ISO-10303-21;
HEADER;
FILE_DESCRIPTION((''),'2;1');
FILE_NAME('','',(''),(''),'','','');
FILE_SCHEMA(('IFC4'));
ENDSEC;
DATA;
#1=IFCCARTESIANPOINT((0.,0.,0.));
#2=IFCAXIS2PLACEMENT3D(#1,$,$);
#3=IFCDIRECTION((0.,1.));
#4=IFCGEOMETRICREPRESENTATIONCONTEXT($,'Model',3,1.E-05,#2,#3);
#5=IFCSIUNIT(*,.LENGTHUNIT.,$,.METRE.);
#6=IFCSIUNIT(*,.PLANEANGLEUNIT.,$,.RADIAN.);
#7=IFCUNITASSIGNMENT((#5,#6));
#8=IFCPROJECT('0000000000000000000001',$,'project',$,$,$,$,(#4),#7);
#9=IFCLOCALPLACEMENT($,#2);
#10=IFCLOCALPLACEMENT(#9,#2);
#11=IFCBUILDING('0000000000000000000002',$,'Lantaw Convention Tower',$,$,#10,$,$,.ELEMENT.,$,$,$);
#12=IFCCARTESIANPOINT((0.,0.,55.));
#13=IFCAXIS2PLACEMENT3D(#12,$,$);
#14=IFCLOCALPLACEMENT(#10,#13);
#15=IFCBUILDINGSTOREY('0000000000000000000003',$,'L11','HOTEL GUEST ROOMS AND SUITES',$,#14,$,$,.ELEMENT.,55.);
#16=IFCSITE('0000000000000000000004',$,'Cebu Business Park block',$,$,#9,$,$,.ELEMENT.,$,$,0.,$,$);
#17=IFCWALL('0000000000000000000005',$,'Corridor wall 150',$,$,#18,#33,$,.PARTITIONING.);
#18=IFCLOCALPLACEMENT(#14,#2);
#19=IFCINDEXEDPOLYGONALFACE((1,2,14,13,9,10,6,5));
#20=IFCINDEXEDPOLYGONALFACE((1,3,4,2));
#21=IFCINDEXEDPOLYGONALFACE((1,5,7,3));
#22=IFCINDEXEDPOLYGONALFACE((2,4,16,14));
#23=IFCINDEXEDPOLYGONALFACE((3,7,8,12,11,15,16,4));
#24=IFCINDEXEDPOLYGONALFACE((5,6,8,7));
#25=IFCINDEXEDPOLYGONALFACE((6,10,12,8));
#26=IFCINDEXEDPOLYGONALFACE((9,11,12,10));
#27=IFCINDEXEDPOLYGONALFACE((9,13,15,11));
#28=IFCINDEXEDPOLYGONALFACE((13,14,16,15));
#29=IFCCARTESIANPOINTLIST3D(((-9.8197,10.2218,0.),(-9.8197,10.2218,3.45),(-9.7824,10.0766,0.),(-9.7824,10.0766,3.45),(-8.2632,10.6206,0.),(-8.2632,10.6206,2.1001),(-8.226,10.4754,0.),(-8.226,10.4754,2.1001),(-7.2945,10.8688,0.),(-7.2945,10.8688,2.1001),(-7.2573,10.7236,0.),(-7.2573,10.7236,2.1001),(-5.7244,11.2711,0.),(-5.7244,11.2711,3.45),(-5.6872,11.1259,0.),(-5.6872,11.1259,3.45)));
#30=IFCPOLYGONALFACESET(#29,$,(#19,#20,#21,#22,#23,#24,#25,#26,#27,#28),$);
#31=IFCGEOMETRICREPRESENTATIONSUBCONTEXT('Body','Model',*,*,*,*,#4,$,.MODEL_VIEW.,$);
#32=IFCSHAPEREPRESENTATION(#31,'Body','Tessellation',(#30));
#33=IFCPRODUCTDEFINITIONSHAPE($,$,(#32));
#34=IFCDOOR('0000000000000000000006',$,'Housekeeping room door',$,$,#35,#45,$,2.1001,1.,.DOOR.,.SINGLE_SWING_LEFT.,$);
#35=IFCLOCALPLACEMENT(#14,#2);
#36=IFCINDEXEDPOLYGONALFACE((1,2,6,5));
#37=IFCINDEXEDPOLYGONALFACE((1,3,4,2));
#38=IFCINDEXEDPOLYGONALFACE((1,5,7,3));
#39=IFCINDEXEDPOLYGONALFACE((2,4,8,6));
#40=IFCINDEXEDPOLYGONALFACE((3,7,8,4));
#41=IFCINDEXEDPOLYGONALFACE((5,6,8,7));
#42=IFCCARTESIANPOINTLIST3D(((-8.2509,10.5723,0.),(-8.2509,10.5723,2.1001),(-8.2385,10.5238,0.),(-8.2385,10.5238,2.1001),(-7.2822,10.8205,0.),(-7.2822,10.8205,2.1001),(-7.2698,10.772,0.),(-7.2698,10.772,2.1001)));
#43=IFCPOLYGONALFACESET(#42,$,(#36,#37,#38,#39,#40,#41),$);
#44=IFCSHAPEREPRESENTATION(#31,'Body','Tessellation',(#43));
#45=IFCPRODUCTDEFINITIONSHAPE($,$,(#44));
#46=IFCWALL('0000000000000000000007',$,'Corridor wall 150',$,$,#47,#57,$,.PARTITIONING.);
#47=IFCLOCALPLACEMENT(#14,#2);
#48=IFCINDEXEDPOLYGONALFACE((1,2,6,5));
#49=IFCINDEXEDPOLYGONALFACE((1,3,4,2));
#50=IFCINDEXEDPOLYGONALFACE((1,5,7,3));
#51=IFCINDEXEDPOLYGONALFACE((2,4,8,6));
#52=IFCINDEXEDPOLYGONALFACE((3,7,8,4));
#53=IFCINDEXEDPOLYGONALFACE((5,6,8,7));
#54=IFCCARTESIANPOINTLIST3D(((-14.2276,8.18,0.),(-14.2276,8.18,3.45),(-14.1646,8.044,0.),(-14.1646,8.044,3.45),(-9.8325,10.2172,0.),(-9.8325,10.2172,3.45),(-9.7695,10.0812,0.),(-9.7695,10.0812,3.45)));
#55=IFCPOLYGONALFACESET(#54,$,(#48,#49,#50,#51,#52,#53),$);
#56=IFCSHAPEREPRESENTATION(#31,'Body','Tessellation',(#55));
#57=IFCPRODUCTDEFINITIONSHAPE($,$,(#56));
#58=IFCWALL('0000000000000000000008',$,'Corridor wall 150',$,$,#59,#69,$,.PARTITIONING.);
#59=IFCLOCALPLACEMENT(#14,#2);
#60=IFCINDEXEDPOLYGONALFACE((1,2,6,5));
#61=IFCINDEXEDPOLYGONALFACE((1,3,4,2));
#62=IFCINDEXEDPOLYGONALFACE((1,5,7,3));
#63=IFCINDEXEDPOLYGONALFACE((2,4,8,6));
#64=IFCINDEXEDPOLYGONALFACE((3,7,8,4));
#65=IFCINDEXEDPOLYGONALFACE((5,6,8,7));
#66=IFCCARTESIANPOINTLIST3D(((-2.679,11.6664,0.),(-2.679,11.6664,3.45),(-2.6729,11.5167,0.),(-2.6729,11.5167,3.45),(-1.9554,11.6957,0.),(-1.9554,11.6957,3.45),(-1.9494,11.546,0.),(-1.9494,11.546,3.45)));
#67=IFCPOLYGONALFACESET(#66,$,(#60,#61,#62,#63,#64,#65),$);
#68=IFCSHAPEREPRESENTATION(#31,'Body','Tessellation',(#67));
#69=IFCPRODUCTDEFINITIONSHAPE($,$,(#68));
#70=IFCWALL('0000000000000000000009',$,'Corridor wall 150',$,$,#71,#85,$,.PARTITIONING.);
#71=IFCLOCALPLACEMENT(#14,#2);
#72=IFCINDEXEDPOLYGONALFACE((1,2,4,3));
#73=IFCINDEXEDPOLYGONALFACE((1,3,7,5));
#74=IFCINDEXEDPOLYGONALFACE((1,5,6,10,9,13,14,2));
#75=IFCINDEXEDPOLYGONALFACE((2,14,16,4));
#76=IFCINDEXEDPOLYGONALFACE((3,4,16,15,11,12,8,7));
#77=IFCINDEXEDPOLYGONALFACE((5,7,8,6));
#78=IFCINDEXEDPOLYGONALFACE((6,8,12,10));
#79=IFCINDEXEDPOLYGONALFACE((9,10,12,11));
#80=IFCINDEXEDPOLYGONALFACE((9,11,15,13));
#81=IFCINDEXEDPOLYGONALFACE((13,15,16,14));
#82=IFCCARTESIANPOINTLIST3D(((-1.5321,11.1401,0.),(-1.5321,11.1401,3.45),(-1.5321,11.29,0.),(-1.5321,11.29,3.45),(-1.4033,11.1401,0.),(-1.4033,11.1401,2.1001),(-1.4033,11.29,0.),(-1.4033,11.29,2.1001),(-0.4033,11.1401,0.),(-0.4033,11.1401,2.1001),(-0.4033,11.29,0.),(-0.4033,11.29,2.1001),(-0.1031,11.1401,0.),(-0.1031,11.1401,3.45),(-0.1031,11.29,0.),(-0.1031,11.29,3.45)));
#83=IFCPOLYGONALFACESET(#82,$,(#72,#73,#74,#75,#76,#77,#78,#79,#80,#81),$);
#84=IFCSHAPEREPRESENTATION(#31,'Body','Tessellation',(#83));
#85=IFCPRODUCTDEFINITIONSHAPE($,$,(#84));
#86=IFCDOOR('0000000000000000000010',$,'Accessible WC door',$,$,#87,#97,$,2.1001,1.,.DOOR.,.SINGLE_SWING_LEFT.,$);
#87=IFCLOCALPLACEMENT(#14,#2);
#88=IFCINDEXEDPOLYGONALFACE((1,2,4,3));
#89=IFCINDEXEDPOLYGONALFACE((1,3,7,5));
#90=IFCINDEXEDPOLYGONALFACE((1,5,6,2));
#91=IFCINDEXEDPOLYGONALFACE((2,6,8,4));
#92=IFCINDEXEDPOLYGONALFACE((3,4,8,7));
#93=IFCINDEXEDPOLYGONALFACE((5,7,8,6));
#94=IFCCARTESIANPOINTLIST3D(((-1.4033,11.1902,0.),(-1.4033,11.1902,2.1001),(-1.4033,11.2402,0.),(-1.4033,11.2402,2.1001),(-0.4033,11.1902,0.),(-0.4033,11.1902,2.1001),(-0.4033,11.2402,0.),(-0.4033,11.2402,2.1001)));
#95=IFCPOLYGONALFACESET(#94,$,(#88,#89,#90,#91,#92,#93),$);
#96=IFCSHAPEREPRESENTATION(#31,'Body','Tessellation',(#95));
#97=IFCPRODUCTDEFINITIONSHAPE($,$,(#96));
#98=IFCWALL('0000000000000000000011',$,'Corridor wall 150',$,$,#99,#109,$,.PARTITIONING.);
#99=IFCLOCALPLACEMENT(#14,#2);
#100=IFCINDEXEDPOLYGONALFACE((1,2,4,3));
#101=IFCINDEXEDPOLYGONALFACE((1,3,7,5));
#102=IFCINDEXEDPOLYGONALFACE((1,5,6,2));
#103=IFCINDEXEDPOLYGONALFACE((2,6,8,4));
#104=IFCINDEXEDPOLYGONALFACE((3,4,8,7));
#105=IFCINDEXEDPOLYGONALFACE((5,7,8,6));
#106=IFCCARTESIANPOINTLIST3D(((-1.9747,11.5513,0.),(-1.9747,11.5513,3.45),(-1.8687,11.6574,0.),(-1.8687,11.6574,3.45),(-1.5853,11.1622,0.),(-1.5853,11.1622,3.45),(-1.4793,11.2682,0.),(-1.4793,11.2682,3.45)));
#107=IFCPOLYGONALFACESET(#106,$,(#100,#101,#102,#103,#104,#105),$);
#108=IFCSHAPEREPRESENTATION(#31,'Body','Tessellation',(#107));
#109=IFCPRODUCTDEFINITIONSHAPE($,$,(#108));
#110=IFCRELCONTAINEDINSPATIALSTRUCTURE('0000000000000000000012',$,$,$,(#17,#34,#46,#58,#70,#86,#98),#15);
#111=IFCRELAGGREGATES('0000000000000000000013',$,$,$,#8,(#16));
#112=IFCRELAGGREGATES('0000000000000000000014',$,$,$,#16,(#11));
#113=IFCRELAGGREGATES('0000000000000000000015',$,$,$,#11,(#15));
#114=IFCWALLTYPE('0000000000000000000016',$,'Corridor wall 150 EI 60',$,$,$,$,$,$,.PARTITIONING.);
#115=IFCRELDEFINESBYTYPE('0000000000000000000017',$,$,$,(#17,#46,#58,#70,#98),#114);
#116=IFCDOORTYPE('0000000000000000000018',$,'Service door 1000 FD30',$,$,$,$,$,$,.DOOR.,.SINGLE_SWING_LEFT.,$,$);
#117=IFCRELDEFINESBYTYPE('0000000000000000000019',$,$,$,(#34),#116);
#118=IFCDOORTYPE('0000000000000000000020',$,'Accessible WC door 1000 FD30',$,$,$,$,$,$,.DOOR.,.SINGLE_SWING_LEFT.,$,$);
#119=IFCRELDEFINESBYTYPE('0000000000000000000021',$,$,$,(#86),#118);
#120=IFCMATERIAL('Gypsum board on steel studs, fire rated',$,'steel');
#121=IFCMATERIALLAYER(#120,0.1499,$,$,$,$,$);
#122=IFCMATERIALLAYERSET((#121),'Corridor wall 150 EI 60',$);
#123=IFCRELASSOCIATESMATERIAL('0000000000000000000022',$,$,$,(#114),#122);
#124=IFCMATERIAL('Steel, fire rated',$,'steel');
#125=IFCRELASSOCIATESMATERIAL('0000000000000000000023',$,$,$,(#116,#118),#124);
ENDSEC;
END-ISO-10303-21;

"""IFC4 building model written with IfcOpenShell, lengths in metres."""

from ifc_helpers import new_model, si_unit, direction, frame, frame_2d, origin, place, context, subcontext, project, spatial, rectangle, extrude, material, layer, layer_set, type_object, element, fill, save


model = new_model("IFC4")

# Units and contexts
model_context = context("Model", 3, precision=1e-05, world=origin(), true_north=direction((0.0, 1.0)))
body_context = subcontext(model_context, "Body", "Model", "MODEL_VIEW")
ifc_project = project(units=[si_unit("LENGTHUNIT", "METRE"), si_unit("PLANEANGLEUNIT", "RADIAN")], contexts=[model_context])

# Site, building, storey
site_placement = place(None, origin())
site = spatial("IfcSite", under=ifc_project, at=site_placement, Name="Cebu Business Park block", CompositionType="ELEMENT", RefElevation=0.0)
building_placement = place(site_placement, origin())
building = spatial("IfcBuilding", under=site, at=building_placement, Name="Lantaw Convention Tower", CompositionType="ELEMENT")
storey_placement = place(building_placement, frame((0.0, 0.0, 55.0)))
storey = spatial("IfcBuildingStorey", under=building, at=storey_placement, Name="L11", Description="HOTEL GUEST ROOMS AND SUITES", CompositionType="ELEMENT", Elevation=55.0)

# Shared definitions
ifc_material_1 = material(Name="Gypsum board on steel studs, fire rated", Category="steel")
ifc_layer_1 = layer(ifc_material_1, 0.1499)
ifc_layer_set_1 = layer_set([ifc_layer_1], Name="Corridor wall 150 EI 60")
wall_type_1 = type_object("IfcWallType", Name="Corridor wall 150 EI 60", PredefinedType="PARTITIONING", material=ifc_layer_set_1)
ifc_material_2 = material(Name="Steel, fire rated", Category="steel")

# Wall, opening, door
wall_1_placement = place(storey_placement, frame((-5.7058, 11.1985, 0.0), z_axis=(0.0, 0.0, 1.0), x_axis=(-0.968706, -0.248211, 0.0)))
wall_1 = element("IfcWall", 1, at=wall_1_placement, inside=storey, type_object=wall_type_1, Name="Corridor wall 150", PredefinedType="PARTITIONING", context=body_context, shape_type="SweptSolid", body=[
    extrude(rectangle(XDim=4.2275, YDim=0.1499, at=frame_2d((2.1138, 0.0))), origin(), (0.0, 0.0, 1.0), 3.45),
])
opening_1_placement = place(wall_1_placement, frame((1.6208, 0.0, 0.0)))
opening_1 = element("IfcOpeningElement", 2, at=opening_1_placement, cuts=wall_1, PredefinedType="OPENING", context=body_context, shape_type="SweptSolid", body=[
    extrude(rectangle(XDim=1.0, YDim=2.1001, at=frame_2d((0.5, 1.05))), frame((0.0, 0.085, 0.0), z_axis=(0.0, -1.0, 0.0), x_axis=(1.0, 0.0, 0.0)), (0.0, 0.0, 1.0), 0.1699),
])
door_type_1 = type_object("IfcDoorType", Name="Service door 1000 FD30", OperationType="SINGLE_SWING_LEFT", PredefinedType="DOOR", material=ifc_material_2)
door_1_placement = place(opening_1_placement, origin())
door_1 = element("IfcDoor", 3, at=door_1_placement, inside=storey, type_object=door_type_1, Name="Housekeeping room door", OperationType="SINGLE_SWING_LEFT", OverallHeight=2.1001, OverallWidth=1.0, PredefinedType="DOOR", context=body_context, shape_type="SweptSolid", body=[
    extrude(rectangle(XDim=1.0, YDim=2.1001, at=frame_2d((0.5, 1.05))), frame((0.0, 0.0249, 0.0), z_axis=(0.0, -1.0, 0.0), x_axis=(1.0, 0.0, 0.0)), (0.0, 0.0, 1.0), 0.05),
])
fill(opening_1, door_1)

# Walls
wall_2_placement = place(storey_placement, frame((-9.801, 10.1492, 0.0), z_axis=(0.0, 0.0, 1.0), x_axis=(-0.90728, -0.420528, 0.0)))
element("IfcWall", 4, at=wall_2_placement, inside=storey, type_object=wall_type_1, Name="Corridor wall 150", PredefinedType="PARTITIONING", context=body_context, shape_type="SweptSolid", body=[
    extrude(rectangle(XDim=4.8442, YDim=0.1499, at=frame_2d((2.4221, 0.0))), origin(), (0.0, 0.0, 1.0), 3.45),
])
wall_3_placement = place(storey_placement, frame((-1.9524, 11.6208, 0.0), z_axis=(0.0, 0.0, 1.0), x_axis=(-0.999181, -0.040453, 0.0)))
element("IfcWall", 5, at=wall_3_placement, inside=storey, type_object=wall_type_1, Name="Corridor wall 150", PredefinedType="PARTITIONING", context=body_context, shape_type="SweptSolid", body=[
    extrude(rectangle(XDim=0.7241, YDim=0.1499, at=frame_2d((0.3621, 0.0))), origin(), (0.0, 0.0, 1.0), 3.45),
])

# Wall, opening, door
wall_4_placement = place(storey_placement, frame((-0.1033, 11.2151, 0.0), z_axis=(0.0, 0.0, 1.0), x_axis=(-1.0, 0.0, 0.0)))
wall_4 = element("IfcWall", 6, at=wall_4_placement, inside=storey, type_object=wall_type_1, Name="Corridor wall 150", PredefinedType="PARTITIONING", context=body_context, shape_type="SweptSolid", body=[
    extrude(rectangle(XDim=1.429, YDim=0.1499, at=frame_2d((0.7144, 0.0))), origin(), (0.0, 0.0, 1.0), 3.45),
])
opening_2_placement = place(wall_4_placement, frame((0.3, 0.0, 0.0)))
opening_2 = element("IfcOpeningElement", 7, at=opening_2_placement, cuts=wall_4, PredefinedType="OPENING", context=body_context, shape_type="SweptSolid", body=[
    extrude(rectangle(XDim=1.0, YDim=2.1001, at=frame_2d((0.5, 1.05))), frame((0.0, 0.085, 0.0), z_axis=(0.0, -1.0, 0.0), x_axis=(1.0, 0.0, 0.0)), (0.0, 0.0, 1.0), 0.1699),
])
door_type_2 = type_object("IfcDoorType", Name="Accessible WC door 1000 FD30", OperationType="SINGLE_SWING_LEFT", PredefinedType="DOOR", material=ifc_material_2)
door_2_placement = place(opening_2_placement, origin())
door_2 = element("IfcDoor", 8, at=door_2_placement, inside=storey, type_object=door_type_2, Name="Accessible WC door", OperationType="SINGLE_SWING_LEFT", OverallHeight=2.1001, OverallWidth=1.0, PredefinedType="DOOR", context=body_context, shape_type="SweptSolid", body=[
    extrude(rectangle(XDim=1.0, YDim=2.1001, at=frame_2d((0.5, 1.05))), frame((0.0, 0.0249, 0.0), z_axis=(0.0, -1.0, 0.0), x_axis=(1.0, 0.0, 0.0)), (0.0, 0.0, 1.0), 0.05),
])
fill(opening_2, door_2)

# Wall
wall_5_placement = place(storey_placement, frame((-1.5322, 11.2151, 0.0), z_axis=(0.0, 0.0, 1.0), x_axis=(-0.707328, 0.706885, 0.0)))
element("IfcWall", 9, at=wall_5_placement, inside=storey, type_object=wall_type_1, Name="Corridor wall 150", PredefinedType="PARTITIONING", context=body_context, shape_type="SweptSolid", body=[
    extrude(rectangle(XDim=0.5505, YDim=0.1499, at=frame_2d((0.2754, 0.0))), origin(), (0.0, 0.0, 1.0), 3.45),
])

save(model, "model.ifc")
